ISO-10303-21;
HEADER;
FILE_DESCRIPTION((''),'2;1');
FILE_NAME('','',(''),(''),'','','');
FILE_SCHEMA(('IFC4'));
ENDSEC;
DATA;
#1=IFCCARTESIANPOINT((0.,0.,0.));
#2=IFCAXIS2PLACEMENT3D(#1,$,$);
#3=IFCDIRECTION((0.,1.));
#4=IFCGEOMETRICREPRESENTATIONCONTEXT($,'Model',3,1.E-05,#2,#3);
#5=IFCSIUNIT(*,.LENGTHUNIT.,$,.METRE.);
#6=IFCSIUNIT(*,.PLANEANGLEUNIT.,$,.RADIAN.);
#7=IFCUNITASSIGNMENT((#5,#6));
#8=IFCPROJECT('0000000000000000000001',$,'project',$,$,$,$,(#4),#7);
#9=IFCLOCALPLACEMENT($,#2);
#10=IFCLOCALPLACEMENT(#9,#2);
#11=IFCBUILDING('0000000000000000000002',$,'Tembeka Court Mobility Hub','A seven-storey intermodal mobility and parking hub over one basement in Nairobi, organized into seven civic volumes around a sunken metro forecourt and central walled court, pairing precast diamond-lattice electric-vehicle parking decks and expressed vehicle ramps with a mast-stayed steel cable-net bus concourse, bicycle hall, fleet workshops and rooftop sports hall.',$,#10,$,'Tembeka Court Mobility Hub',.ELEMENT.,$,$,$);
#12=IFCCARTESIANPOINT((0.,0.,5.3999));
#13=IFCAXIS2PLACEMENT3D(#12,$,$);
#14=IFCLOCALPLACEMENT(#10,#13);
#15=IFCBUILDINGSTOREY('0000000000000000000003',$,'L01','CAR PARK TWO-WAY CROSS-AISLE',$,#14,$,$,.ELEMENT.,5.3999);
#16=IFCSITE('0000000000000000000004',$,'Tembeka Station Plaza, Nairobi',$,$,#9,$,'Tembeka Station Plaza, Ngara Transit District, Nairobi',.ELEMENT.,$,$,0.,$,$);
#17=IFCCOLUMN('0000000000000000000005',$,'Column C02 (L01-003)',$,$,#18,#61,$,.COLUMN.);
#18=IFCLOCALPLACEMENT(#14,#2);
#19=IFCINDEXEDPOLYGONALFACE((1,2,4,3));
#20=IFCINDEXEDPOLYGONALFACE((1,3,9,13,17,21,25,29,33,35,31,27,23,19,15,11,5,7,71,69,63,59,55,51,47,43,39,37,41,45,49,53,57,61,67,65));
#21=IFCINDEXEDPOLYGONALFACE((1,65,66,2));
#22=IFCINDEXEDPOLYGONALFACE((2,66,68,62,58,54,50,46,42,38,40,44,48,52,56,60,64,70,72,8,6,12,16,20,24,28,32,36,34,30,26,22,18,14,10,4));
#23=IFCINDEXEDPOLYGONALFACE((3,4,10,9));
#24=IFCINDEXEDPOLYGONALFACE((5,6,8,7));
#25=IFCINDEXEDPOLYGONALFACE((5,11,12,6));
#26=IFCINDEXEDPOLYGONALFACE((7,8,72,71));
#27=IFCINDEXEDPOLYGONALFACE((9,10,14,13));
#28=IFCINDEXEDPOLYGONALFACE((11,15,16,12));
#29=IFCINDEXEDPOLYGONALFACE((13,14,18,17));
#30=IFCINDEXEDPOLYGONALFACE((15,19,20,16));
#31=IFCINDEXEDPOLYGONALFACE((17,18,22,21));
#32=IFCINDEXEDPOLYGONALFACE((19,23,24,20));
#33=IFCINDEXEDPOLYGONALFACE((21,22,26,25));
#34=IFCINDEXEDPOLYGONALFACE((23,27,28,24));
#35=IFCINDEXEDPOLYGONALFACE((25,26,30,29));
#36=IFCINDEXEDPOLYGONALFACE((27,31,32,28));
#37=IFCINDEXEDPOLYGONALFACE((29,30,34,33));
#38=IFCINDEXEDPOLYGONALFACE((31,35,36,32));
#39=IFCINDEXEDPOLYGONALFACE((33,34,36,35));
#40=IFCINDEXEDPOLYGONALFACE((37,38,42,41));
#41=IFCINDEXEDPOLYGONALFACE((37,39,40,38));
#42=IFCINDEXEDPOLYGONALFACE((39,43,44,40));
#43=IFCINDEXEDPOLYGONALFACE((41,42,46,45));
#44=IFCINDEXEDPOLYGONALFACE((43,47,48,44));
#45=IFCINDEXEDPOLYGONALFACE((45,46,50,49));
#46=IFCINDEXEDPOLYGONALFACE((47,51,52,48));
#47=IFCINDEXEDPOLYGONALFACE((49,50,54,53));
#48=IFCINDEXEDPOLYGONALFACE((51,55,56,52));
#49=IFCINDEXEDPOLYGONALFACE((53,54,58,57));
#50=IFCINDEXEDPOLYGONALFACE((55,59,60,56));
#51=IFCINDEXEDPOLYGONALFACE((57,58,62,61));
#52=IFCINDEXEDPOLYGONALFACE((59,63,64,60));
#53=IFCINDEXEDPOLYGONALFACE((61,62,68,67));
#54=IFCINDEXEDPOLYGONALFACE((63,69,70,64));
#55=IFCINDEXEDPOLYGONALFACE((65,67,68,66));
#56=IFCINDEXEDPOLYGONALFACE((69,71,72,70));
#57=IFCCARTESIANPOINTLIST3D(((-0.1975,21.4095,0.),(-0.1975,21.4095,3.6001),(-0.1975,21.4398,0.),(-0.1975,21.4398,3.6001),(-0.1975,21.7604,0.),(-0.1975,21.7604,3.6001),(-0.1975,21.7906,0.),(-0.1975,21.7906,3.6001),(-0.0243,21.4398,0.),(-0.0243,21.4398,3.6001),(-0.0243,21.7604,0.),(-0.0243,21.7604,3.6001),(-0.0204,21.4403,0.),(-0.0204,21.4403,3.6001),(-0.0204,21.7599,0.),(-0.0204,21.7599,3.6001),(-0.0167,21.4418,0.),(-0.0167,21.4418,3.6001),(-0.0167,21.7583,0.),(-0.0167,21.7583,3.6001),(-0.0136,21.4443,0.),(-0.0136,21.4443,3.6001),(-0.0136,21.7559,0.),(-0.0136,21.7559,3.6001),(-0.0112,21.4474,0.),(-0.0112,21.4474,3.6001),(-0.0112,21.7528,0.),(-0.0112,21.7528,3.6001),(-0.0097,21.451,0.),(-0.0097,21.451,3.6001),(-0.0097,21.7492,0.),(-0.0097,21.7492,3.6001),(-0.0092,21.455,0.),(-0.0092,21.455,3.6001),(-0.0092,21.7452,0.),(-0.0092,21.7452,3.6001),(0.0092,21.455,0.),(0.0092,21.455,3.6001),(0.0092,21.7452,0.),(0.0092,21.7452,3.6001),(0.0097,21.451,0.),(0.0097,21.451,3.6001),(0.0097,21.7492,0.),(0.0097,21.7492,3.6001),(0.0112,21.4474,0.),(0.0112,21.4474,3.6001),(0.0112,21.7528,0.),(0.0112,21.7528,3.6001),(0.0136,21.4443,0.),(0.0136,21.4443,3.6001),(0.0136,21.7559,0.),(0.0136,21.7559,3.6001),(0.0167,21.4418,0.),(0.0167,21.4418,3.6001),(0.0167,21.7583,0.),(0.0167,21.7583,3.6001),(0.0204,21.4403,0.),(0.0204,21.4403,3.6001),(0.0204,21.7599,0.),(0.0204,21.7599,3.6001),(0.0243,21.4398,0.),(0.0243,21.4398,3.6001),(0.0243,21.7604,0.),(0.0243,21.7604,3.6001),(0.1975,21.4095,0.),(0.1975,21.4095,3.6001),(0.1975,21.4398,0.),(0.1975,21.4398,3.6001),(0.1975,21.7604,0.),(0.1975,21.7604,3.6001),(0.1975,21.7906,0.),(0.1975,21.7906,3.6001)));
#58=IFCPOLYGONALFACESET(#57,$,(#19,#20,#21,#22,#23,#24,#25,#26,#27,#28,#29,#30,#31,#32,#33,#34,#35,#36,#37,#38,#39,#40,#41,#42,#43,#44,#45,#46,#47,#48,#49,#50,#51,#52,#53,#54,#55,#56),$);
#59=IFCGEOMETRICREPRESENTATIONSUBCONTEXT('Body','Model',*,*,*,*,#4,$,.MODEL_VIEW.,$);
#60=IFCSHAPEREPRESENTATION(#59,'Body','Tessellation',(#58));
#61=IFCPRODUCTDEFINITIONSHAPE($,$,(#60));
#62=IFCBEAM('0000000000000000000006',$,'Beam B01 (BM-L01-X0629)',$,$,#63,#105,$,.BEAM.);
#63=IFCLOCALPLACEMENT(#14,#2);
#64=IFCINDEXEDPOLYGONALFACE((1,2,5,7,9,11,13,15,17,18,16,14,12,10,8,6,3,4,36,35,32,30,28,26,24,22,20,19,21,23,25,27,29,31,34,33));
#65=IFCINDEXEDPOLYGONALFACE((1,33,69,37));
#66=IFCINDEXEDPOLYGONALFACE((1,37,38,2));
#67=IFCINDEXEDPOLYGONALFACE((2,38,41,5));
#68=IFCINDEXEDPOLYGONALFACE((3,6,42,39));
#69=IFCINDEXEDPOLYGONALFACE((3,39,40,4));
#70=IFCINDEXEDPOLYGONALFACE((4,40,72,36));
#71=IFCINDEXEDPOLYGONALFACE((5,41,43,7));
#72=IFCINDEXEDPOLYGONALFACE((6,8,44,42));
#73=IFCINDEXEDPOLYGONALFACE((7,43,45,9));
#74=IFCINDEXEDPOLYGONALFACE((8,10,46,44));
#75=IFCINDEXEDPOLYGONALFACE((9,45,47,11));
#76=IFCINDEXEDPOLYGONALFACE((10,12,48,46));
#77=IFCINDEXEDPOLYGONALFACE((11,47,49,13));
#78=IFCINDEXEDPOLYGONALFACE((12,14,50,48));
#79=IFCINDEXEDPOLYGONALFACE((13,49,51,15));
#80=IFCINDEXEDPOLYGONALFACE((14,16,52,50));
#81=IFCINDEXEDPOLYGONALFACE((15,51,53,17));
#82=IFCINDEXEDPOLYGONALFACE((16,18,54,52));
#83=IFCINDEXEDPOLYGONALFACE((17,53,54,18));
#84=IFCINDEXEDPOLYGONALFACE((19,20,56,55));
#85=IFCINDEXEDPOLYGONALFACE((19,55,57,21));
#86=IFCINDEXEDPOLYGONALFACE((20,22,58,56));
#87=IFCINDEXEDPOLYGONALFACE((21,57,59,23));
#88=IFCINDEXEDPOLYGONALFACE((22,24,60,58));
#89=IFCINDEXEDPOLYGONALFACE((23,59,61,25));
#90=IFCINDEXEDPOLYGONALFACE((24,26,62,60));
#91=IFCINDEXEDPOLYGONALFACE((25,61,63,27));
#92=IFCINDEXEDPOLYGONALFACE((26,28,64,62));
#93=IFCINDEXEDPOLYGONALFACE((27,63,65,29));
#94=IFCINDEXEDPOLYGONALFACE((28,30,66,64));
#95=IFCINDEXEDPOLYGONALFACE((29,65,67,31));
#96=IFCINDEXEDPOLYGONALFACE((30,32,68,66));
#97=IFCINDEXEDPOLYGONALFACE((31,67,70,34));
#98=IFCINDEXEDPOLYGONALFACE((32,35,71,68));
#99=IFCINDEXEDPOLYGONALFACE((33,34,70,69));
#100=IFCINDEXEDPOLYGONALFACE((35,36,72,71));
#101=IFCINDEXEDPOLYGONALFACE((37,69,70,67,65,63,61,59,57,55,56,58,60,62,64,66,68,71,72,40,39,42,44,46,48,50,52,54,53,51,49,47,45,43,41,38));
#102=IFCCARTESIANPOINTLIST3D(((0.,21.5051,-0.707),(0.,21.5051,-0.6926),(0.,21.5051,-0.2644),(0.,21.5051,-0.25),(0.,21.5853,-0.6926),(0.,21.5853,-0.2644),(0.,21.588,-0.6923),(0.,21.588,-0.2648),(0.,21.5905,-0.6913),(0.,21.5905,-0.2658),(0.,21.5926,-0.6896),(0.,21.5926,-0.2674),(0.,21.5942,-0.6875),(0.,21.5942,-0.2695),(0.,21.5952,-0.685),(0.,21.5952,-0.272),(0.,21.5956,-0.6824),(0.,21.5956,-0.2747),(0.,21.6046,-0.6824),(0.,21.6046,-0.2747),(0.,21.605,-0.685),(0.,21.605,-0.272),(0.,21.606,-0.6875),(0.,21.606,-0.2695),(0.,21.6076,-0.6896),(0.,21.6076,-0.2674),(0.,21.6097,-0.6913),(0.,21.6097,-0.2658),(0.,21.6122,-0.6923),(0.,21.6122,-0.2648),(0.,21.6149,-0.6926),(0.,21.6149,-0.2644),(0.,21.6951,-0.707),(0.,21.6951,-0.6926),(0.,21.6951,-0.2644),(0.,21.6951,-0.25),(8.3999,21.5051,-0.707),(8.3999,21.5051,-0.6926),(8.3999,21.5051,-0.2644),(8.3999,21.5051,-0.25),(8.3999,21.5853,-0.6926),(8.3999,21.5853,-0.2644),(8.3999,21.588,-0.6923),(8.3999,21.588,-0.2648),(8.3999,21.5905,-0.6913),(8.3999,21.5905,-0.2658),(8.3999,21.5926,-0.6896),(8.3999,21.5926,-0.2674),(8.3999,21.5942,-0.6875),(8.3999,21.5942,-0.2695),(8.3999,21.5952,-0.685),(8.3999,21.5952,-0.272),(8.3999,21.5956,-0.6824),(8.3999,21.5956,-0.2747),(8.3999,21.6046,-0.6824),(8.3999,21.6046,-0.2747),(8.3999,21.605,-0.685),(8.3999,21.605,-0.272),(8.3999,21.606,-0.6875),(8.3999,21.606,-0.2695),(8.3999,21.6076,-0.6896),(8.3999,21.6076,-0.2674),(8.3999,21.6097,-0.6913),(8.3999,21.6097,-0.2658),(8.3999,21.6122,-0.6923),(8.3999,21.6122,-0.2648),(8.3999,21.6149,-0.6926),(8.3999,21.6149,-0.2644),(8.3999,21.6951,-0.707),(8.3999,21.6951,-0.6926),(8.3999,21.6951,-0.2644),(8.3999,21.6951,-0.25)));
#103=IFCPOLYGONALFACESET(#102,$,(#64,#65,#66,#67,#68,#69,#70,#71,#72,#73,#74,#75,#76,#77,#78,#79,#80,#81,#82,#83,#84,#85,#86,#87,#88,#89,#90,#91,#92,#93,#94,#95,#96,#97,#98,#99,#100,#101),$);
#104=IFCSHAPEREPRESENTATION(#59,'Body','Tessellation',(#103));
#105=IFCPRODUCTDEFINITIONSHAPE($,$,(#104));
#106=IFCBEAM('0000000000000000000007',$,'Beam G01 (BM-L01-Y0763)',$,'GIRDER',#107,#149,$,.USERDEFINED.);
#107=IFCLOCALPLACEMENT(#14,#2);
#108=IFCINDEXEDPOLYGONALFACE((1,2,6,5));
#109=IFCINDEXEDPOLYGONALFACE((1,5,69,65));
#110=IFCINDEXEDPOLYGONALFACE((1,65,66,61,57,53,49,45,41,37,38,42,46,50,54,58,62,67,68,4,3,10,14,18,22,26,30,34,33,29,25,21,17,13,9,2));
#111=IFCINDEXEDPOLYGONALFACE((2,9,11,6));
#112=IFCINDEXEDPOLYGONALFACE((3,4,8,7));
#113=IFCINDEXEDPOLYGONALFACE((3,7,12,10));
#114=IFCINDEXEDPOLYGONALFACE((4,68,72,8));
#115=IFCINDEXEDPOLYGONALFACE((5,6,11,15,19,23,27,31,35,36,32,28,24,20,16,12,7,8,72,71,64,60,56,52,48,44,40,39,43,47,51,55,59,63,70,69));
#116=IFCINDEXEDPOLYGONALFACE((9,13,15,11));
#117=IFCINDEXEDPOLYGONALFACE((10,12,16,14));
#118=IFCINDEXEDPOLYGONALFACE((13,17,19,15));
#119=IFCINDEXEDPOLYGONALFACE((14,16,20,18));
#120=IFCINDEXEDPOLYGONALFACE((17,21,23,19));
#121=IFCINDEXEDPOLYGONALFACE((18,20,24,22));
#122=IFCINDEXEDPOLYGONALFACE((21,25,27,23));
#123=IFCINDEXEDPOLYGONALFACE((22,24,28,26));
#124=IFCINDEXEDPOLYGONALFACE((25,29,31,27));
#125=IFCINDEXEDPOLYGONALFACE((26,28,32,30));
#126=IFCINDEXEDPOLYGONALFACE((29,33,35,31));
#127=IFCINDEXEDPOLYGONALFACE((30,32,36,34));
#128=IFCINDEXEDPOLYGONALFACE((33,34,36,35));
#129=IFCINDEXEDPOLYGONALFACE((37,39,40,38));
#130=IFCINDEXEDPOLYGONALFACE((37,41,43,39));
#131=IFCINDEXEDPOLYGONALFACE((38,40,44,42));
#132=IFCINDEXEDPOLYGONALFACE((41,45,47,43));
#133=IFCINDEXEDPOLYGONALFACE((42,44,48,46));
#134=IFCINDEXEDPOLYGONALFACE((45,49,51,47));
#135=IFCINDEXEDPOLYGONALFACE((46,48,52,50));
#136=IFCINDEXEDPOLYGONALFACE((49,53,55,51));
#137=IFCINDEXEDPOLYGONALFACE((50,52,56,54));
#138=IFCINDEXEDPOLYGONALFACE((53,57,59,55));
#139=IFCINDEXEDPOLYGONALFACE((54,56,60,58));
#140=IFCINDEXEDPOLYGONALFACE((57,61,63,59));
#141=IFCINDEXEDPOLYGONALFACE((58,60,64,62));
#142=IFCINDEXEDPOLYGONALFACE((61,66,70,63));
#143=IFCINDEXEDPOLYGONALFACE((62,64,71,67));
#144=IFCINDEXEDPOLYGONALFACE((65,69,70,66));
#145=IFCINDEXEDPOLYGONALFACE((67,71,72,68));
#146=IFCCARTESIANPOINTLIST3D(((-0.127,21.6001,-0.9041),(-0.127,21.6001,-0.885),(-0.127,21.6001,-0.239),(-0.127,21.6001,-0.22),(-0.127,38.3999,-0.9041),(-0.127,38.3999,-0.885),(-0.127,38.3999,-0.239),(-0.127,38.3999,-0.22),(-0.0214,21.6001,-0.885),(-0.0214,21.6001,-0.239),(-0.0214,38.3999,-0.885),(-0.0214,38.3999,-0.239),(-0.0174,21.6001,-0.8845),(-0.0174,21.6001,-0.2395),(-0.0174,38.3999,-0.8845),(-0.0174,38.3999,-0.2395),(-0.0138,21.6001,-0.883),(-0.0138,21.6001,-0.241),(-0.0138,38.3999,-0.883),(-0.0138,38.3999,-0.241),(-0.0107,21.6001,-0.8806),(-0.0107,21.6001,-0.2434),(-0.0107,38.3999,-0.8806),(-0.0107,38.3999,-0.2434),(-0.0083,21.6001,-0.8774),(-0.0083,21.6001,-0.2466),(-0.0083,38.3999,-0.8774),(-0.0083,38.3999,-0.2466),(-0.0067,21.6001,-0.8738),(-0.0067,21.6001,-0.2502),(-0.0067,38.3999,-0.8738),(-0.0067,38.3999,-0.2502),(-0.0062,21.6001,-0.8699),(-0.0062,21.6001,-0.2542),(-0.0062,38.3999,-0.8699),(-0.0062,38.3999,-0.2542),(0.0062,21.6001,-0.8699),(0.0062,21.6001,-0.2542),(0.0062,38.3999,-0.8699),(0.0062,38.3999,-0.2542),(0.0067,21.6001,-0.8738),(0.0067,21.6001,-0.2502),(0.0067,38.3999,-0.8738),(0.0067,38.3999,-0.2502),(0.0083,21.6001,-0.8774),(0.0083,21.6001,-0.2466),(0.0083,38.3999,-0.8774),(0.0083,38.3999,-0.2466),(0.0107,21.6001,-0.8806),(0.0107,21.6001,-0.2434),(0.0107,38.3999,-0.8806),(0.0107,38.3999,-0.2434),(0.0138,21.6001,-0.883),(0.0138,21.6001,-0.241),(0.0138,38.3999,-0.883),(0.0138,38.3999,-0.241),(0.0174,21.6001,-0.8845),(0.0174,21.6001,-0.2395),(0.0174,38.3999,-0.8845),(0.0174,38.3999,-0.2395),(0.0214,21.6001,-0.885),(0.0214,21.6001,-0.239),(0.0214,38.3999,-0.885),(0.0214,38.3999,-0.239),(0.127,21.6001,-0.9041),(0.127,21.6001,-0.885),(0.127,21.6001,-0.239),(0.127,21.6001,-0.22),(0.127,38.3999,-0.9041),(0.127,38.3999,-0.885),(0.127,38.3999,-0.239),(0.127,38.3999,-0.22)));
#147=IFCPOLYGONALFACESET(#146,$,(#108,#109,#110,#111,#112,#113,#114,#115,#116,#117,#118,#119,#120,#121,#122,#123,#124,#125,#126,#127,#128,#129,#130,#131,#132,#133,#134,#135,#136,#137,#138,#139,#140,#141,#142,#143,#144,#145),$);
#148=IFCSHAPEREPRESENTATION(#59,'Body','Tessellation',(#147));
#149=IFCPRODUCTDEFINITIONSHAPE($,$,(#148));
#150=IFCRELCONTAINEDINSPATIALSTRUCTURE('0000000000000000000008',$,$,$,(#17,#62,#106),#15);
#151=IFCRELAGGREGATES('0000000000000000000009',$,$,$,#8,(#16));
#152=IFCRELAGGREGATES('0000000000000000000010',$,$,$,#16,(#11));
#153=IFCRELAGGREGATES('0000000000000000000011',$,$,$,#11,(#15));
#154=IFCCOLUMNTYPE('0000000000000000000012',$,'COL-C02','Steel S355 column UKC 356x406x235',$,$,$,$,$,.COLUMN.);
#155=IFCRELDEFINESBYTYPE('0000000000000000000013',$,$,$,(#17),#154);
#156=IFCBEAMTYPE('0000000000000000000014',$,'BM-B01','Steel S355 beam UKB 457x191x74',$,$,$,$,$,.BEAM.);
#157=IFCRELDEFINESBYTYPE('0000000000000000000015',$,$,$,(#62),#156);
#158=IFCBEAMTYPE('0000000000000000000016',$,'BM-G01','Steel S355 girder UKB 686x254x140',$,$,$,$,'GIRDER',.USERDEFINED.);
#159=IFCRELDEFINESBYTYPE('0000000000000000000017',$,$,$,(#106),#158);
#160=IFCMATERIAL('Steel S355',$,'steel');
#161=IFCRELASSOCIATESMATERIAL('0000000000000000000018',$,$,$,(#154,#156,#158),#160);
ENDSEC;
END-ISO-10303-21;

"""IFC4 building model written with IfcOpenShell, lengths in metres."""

from ifc_helpers import new_model, si_unit, direction, frame, origin, origin_2d, place, context, subcontext, project, spatial, i_section, extrude, material, material_profile, profile_set, type_object, element, save


model = new_model("IFC4")

# Units and contexts
model_context = context("Model", 3, precision=1e-05, world=origin(), true_north=direction((0.0, 1.0)))
body_context = subcontext(model_context, "Body", "Model", "MODEL_VIEW")
ifc_project = project(units=[si_unit("LENGTHUNIT", "METRE"), si_unit("PLANEANGLEUNIT", "RADIAN")], contexts=[model_context])

# Site, building, storey
site_placement = place(None, origin())
site = spatial("IfcSite", under=ifc_project, at=site_placement, Name="Tembeka Station Plaza, Nairobi", LongName="Tembeka Station Plaza, Ngara Transit District, Nairobi", CompositionType="ELEMENT", RefElevation=0.0)
building_placement = place(site_placement, origin())
building = spatial("IfcBuilding", under=site, at=building_placement, Name="Tembeka Court Mobility Hub", Description="A seven-storey intermodal mobility and parking hub over one basement in Nairobi, organized into seven civic volumes around a sunken metro forecourt and central walled court, pairing precast diamond-lattice electric-vehicle parking decks and expressed vehicle ramps with a mast-stayed steel cable-net bus concourse, bicycle hall, fleet workshops and rooftop sports hall.", LongName="Tembeka Court Mobility Hub", CompositionType="ELEMENT")
storey_placement = place(building_placement, frame((0.0, 0.0, 5.3999)))
storey = spatial("IfcBuildingStorey", under=building, at=storey_placement, Name="L01", Description="CAR PARK TWO-WAY CROSS-AISLE", CompositionType="ELEMENT", Elevation=5.3999)

# Column
ifc_material_1 = material(Name="Steel S355", Category="steel")
ifc_material_profile_1 = material_profile(ifc_material_1, i_section(OverallWidth=0.395, OverallDepth=0.3811, WebThickness=0.0183, FlangeThickness=0.0303, FilletRadius=0.0151, at=origin_2d()), Name="UKC 356x406x235")
ifc_profile_set_1 = profile_set([ifc_material_profile_1], Name="Steel S355")
column_type = type_object("IfcColumnType", Name="COL-C02", Description="Steel S355 column UKC 356x406x235", PredefinedType="COLUMN", material=ifc_profile_set_1)
column_placement = place(storey_placement, frame((0.0, 21.6001, 0.0), z_axis=(0.0, 0.0, 1.0), x_axis=(1.0, 0.0, 0.0)))
element("IfcColumn", 1, at=column_placement, inside=storey, type_object=column_type, Name="Column C02 (L01-003)", PredefinedType="COLUMN", context=body_context, shape_type="SweptSolid", body=[
    extrude(i_section(OverallWidth=0.395, OverallDepth=0.3811, WebThickness=0.0183, FlangeThickness=0.0303, FilletRadius=0.0151, at=origin_2d()), origin(), (0.0, 0.0, 1.0), 3.6001),
])

# Beams
ifc_material_profile_2 = material_profile(ifc_material_1, i_section(OverallWidth=0.1899, OverallDepth=0.457, WebThickness=0.009, FlangeThickness=0.0144, FilletRadius=0.0103, at=origin_2d()), Name="UKB 457x191x74")
ifc_profile_set_2 = profile_set([ifc_material_profile_2], Name="Steel S355")
beam_type_1 = type_object("IfcBeamType", Name="BM-B01", Description="Steel S355 beam UKB 457x191x74", PredefinedType="BEAM", material=ifc_profile_set_2)
beam_1_placement = place(storey_placement, frame((0.0, 21.6001, -0.4785), z_axis=(1.0, 0.0, 0.0), x_axis=(0.0, 1.0, 0.0)))
element("IfcBeam", 2, at=beam_1_placement, inside=storey, type_object=beam_type_1, Name="Beam B01 (BM-L01-X0629)", PredefinedType="BEAM", context=body_context, shape_type="SweptSolid", body=[
    extrude(i_section(OverallWidth=0.1899, OverallDepth=0.457, WebThickness=0.009, FlangeThickness=0.0144, FilletRadius=0.0103, at=origin_2d()), origin(), (0.0, 0.0, 1.0), 8.3999),
])
ifc_material_profile_3 = material_profile(ifc_material_1, i_section(OverallWidth=0.2539, OverallDepth=0.6841, WebThickness=0.0125, FlangeThickness=0.019, FilletRadius=0.0151, at=origin_2d()), Name="UKB 686x254x140")
ifc_profile_set_3 = profile_set([ifc_material_profile_3], Name="Steel S355")
beam_type_2 = type_object("IfcBeamType", Name="BM-G01", Description="Steel S355 girder UKB 686x254x140", ElementType="GIRDER", PredefinedType="USERDEFINED", material=ifc_profile_set_3)
beam_2_placement = place(storey_placement, frame((0.0, 21.6001, -0.562), z_axis=(0.0, 1.0, 0.0), x_axis=(-1.0, 0.0, 0.0)))
element("IfcBeam", 3, at=beam_2_placement, inside=storey, type_object=beam_type_2, Name="Beam G01 (BM-L01-Y0763)", ObjectType="GIRDER", PredefinedType="USERDEFINED", context=body_context, shape_type="SweptSolid", body=[
    extrude(i_section(OverallWidth=0.2539, OverallDepth=0.6841, WebThickness=0.0125, FlangeThickness=0.019, FilletRadius=0.0151, at=origin_2d()), origin(), (0.0, 0.0, 1.0), 16.7998),
])

save(model, "model.ifc")
